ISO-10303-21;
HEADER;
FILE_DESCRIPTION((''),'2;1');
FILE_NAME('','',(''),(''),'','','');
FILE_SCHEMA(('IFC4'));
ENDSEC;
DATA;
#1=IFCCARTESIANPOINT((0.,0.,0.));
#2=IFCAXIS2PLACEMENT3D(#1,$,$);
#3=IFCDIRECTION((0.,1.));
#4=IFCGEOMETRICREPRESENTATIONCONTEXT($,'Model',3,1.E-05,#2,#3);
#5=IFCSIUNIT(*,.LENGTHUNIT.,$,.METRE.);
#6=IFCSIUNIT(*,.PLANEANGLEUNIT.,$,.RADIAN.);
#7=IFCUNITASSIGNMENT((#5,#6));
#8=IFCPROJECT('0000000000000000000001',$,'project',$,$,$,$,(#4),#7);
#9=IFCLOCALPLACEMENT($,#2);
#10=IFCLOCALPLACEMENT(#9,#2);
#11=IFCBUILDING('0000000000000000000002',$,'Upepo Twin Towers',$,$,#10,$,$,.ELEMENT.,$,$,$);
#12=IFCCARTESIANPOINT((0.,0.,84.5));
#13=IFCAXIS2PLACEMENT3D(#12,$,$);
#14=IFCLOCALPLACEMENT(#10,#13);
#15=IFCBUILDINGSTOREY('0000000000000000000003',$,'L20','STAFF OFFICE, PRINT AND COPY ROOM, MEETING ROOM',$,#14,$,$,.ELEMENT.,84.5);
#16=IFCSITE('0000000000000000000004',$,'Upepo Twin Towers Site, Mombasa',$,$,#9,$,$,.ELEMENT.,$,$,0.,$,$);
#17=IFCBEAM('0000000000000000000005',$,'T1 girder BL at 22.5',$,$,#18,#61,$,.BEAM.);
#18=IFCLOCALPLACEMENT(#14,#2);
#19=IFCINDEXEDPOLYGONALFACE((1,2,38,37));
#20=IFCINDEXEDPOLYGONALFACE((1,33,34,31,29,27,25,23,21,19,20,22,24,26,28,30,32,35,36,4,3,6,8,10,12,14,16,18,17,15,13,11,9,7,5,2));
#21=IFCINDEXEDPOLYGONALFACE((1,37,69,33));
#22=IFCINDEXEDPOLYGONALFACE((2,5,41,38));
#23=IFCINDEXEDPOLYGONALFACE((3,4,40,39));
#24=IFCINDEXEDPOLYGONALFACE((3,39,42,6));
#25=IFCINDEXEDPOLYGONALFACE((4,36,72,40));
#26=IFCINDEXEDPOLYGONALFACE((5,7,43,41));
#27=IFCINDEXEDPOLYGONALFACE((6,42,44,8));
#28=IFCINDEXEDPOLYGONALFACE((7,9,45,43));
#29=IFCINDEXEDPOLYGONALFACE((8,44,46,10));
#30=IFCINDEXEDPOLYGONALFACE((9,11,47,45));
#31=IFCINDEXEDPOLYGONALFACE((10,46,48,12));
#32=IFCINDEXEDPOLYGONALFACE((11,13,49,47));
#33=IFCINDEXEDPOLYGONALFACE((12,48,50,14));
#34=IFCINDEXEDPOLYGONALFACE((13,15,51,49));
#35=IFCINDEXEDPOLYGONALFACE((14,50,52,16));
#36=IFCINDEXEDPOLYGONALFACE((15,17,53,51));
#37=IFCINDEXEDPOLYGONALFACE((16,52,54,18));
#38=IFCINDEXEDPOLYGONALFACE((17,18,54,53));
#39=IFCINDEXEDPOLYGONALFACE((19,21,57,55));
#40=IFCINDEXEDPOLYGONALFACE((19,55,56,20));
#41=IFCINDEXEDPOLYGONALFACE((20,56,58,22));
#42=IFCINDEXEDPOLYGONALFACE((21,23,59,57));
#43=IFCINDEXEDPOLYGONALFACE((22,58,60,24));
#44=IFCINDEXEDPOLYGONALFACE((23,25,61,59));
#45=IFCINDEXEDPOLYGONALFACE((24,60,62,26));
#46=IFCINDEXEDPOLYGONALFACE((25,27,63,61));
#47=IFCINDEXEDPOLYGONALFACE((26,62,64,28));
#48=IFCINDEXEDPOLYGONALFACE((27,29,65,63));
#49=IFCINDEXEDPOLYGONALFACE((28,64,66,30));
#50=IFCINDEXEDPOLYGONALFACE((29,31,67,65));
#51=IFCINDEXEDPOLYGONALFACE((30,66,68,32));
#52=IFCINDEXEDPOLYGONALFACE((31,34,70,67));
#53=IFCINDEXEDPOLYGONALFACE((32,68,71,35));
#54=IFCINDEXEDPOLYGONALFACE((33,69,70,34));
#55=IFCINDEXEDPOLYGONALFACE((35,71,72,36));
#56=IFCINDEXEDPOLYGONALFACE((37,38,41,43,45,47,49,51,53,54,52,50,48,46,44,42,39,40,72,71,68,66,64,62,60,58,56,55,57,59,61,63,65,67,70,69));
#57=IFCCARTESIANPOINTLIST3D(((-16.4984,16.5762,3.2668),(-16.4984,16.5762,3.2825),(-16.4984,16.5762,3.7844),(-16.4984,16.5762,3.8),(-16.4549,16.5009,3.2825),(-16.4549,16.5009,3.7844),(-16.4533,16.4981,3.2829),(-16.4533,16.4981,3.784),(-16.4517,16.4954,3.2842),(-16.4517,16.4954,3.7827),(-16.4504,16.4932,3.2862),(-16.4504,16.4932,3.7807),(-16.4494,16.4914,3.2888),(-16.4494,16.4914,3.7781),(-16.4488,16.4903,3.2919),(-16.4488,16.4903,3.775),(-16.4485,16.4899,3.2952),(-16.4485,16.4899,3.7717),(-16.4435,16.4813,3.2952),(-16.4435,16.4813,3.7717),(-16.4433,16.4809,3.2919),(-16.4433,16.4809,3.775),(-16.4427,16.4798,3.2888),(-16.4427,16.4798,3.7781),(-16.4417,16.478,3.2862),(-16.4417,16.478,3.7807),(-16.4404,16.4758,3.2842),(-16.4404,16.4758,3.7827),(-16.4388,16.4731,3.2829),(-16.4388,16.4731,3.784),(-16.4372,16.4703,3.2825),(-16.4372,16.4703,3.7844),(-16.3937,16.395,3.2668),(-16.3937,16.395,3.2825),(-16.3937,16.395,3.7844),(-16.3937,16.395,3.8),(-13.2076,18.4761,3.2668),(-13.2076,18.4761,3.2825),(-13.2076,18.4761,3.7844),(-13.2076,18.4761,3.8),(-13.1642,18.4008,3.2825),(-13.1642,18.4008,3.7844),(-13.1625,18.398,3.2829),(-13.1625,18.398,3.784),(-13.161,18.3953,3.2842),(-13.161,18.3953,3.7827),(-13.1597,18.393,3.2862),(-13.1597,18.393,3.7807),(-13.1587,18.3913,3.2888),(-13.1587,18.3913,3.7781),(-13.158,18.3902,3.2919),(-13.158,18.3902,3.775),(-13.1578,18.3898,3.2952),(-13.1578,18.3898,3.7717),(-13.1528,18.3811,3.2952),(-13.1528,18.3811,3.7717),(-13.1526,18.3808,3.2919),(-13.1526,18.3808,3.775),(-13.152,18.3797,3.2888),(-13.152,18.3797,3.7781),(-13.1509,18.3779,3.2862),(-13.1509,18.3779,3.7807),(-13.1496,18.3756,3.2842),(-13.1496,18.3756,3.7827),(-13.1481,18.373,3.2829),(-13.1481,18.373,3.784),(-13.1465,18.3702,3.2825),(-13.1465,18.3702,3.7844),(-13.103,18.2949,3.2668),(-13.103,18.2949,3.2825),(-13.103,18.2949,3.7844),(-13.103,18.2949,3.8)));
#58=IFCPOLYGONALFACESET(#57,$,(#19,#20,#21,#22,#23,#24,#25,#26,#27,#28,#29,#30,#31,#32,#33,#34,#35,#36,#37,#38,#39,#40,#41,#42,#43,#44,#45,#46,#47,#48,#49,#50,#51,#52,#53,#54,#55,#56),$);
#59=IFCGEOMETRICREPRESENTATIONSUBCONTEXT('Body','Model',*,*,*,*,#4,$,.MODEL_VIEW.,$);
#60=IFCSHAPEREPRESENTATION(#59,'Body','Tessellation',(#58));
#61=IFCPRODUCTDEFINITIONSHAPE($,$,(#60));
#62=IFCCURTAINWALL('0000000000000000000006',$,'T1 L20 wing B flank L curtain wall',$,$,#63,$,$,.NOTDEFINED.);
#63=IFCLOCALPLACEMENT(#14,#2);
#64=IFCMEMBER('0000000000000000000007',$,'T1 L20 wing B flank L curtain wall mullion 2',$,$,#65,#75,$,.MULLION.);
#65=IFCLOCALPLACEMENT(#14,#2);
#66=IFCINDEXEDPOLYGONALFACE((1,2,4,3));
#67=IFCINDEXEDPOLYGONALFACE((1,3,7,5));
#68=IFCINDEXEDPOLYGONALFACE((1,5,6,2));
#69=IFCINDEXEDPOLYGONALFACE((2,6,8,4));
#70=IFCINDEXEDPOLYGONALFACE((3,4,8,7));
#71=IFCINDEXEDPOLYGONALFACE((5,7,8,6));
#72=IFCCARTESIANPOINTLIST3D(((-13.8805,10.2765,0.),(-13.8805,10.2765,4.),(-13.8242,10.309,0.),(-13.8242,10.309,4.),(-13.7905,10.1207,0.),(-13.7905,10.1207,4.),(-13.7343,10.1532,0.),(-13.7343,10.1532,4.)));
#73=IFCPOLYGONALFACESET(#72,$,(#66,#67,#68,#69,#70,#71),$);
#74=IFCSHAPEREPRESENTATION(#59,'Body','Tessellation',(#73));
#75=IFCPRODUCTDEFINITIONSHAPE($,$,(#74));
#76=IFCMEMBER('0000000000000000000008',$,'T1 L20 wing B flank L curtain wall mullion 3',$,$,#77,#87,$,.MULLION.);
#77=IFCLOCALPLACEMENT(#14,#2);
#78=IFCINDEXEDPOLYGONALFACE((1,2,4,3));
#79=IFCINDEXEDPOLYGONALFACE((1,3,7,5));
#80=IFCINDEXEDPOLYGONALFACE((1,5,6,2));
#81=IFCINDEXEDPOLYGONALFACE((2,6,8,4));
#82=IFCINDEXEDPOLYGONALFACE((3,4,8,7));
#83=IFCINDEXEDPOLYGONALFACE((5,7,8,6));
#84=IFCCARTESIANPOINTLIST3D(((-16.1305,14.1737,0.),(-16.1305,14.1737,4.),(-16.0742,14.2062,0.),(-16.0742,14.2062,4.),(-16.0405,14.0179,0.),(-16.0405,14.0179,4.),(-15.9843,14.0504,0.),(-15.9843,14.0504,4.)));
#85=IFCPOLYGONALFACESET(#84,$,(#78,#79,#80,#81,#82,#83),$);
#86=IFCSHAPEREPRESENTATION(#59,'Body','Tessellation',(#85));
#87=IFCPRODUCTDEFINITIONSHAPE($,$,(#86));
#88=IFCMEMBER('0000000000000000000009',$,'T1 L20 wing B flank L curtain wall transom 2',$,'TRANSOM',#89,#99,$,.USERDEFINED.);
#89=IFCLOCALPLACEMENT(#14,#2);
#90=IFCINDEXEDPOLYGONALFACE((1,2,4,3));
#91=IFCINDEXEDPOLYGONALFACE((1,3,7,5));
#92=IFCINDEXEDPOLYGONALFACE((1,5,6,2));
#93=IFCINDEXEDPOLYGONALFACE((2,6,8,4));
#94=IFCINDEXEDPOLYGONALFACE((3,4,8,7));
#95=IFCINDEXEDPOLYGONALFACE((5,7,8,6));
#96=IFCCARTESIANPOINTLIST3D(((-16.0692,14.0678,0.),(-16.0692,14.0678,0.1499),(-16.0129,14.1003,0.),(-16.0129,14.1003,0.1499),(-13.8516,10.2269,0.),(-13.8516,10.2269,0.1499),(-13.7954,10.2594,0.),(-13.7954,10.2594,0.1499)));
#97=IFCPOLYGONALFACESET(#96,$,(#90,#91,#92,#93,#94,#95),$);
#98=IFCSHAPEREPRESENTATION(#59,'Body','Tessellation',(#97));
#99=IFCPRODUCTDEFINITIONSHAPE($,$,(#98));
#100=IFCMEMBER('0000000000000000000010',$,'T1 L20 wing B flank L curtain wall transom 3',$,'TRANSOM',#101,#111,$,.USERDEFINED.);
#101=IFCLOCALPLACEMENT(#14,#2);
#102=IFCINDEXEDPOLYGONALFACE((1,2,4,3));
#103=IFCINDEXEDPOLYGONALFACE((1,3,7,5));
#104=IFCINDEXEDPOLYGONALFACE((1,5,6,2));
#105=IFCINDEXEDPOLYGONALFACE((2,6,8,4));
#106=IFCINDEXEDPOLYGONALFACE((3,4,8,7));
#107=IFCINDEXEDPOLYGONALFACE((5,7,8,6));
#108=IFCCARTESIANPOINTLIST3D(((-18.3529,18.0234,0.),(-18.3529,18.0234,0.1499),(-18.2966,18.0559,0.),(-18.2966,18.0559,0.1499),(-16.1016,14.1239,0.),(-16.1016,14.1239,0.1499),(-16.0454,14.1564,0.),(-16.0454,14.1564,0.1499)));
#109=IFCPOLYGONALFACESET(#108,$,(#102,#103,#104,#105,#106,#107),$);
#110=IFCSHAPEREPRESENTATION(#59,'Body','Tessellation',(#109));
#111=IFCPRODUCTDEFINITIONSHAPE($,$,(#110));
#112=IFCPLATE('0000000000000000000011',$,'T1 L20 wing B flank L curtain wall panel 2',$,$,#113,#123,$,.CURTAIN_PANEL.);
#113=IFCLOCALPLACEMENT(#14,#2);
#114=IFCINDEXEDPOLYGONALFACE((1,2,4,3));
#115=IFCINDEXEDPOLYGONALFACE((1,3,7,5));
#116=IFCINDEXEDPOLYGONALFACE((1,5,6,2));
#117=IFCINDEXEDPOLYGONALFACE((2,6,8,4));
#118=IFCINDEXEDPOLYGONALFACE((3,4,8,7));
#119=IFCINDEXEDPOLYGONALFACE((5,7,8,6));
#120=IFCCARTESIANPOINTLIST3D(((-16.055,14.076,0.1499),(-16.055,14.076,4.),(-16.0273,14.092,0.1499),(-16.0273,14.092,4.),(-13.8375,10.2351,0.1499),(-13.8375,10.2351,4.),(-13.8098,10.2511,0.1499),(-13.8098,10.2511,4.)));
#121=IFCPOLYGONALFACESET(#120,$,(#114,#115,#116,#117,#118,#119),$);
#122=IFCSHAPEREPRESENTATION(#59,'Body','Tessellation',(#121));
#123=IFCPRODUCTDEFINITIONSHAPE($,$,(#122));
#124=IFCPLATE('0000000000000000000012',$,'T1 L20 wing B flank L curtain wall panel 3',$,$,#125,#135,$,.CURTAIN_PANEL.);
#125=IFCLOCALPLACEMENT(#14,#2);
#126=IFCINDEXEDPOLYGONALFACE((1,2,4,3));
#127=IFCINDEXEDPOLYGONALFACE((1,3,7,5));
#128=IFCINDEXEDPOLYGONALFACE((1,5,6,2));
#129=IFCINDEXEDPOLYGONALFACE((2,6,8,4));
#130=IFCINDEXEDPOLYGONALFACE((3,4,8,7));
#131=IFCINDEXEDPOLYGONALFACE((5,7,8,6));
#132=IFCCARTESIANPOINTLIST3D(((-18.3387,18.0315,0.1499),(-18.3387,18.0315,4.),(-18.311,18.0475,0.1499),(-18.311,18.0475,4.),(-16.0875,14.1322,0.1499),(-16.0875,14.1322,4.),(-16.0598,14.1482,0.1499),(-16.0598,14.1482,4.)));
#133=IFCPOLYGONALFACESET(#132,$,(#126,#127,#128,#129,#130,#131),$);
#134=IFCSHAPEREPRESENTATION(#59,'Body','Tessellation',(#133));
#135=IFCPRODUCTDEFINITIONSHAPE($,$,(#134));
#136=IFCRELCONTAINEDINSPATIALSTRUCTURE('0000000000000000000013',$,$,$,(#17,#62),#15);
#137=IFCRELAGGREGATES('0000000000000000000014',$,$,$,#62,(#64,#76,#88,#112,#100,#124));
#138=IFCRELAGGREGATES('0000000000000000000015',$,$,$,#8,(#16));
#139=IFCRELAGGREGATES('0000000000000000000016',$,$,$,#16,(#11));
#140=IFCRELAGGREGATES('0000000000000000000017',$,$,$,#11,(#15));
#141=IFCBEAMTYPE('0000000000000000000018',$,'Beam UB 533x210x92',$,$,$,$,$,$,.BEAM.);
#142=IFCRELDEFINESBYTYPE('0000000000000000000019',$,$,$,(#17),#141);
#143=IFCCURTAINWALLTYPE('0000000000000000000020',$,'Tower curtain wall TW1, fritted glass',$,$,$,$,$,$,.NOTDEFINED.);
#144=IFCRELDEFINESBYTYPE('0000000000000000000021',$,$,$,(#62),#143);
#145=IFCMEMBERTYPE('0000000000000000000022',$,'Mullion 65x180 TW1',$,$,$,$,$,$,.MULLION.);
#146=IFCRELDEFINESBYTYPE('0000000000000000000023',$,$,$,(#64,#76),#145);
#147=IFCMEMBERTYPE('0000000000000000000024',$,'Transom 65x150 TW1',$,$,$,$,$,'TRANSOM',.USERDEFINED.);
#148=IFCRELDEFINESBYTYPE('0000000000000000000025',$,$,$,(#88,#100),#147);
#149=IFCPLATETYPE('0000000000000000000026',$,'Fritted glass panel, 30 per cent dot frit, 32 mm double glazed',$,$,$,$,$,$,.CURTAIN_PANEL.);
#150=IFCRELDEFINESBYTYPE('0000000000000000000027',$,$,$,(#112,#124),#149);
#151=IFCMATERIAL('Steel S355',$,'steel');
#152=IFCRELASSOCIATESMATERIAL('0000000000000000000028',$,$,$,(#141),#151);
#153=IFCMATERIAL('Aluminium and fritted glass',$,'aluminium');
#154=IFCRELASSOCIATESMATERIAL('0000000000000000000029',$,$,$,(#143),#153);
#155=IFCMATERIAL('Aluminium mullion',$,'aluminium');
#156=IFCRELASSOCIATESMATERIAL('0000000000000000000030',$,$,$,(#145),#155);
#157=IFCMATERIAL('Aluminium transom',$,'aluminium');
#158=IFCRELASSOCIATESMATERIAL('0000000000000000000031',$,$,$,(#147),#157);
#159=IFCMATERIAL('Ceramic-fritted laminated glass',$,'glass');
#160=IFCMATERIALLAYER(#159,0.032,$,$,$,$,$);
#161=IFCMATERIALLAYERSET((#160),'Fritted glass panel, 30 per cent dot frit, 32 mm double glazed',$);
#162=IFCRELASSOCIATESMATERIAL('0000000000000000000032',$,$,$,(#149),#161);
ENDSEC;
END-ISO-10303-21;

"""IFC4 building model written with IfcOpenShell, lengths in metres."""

from ifc_helpers import new_model, si_unit, direction, frame, origin, origin_2d, place, context, subcontext, project, spatial, rectangle, i_section, extrude, material, layer, layer_set, material_profile, profile_set, type_object, element, aggregate, save


model = new_model("IFC4")

# Units and contexts
model_context = context("Model", 3, precision=1e-05, world=origin(), true_north=direction((0.0, 1.0)))
body_context = subcontext(model_context, "Body", "Model", "MODEL_VIEW")
ifc_project = project(units=[si_unit("LENGTHUNIT", "METRE"), si_unit("PLANEANGLEUNIT", "RADIAN")], contexts=[model_context])

# Site, building, storey
site_placement = place(None, origin())
site = spatial("IfcSite", under=ifc_project, at=site_placement, Name="Upepo Twin Towers Site, Mombasa", CompositionType="ELEMENT", RefElevation=0.0)
building_placement = place(site_placement, origin())
building = spatial("IfcBuilding", under=site, at=building_placement, Name="Upepo Twin Towers", CompositionType="ELEMENT")
storey_placement = place(building_placement, frame((0.0, 0.0, 84.5)))
storey = spatial("IfcBuildingStorey", under=building, at=storey_placement, Name="L20", Description="STAFF OFFICE, PRINT AND COPY ROOM, MEETING ROOM", CompositionType="ELEMENT", Elevation=84.5)

# Beam
ifc_material_1 = material(Name="Steel S355", Category="steel")
ifc_material_profile_1 = material_profile(ifc_material_1, i_section(OverallWidth=0.2092, OverallDepth=0.5332, WebThickness=0.01, FlangeThickness=0.0156, FilletRadius=0.0127, at=origin_2d()), Name="UB 533x210x92")
ifc_profile_set_1 = profile_set([ifc_material_profile_1], Name="Steel S355")
beam_type_1 = type_object("IfcBeamType", Name="Beam UB 533x210x92", PredefinedType="BEAM", material=ifc_profile_set_1)
beam_1_placement = place(storey_placement, frame((-16.446, 16.4856, 3.5334), z_axis=(0.866028, 0.499995, 0.0), x_axis=(-0.499995, 0.866028, 0.0)))
element("IfcBeam", 1, at=beam_1_placement, inside=storey, type_object=beam_type_1, Name="T1 girder BL at 22.5", PredefinedType="BEAM", context=body_context, shape_type="SweptSolid", body=[
    extrude(i_section(OverallWidth=0.2092, OverallDepth=0.5332, WebThickness=0.01, FlangeThickness=0.0156, FilletRadius=0.0127, at=origin_2d()), origin(), (0.0, 0.0, 1.0), 3.7998),
])

# Curtain wall, members, plates
ifc_material_2 = material(Name="Aluminium and fritted glass", Category="aluminium")
curtain_wall_type = type_object("IfcCurtainWallType", Name="Tower curtain wall TW1, fritted glass", PredefinedType="NOTDEFINED", material=ifc_material_2)
curtain_wall_placement = place(storey_placement, origin())
curtain_wall = element("IfcCurtainWall", 2, at=curtain_wall_placement, inside=storey, type_object=curtain_wall_type, Name="T1 L20 wing B flank L curtain wall", PredefinedType="NOTDEFINED")
ifc_material_3 = material(Name="Aluminium mullion", Category="aluminium")
ifc_material_profile_2 = material_profile(ifc_material_3, rectangle(XDim=0.0649, YDim=0.1799, at=origin_2d()), Name="MULLION 65x180")
ifc_profile_set_2 = profile_set([ifc_material_profile_2], Name="Aluminium mullion")
member_type_1 = type_object("IfcMemberType", Name="Mullion 65x180 TW1", PredefinedType="MULLION", material=ifc_profile_set_2)
member_1_placement = place(storey_placement, frame((-13.8074, 10.2148, 0.0), z_axis=(0.0, 0.0, 1.0), x_axis=(-0.866025, -0.5, 0.0)))
member_1 = element("IfcMember", 3, at=member_1_placement, type_object=member_type_1, Name="T1 L20 wing B flank L curtain wall mullion 2", PredefinedType="MULLION", context=body_context, shape_type="SweptSolid", body=[
    extrude(rectangle(XDim=0.0649, YDim=0.1799, at=origin_2d()), origin(), (0.0, 0.0, 1.0), 4.0),
])
member_2_placement = place(storey_placement, frame((-16.0574, 14.1121, 0.0), z_axis=(0.0, 0.0, 1.0), x_axis=(-0.866025, -0.5, 0.0)))
member_2 = element("IfcMember", 4, at=member_2_placement, type_object=member_type_1, Name="T1 L20 wing B flank L curtain wall mullion 3", PredefinedType="MULLION", context=body_context, shape_type="SweptSolid", body=[
    extrude(rectangle(XDim=0.0649, YDim=0.1799, at=origin_2d()), origin(), (0.0, 0.0, 1.0), 4.0),
])
ifc_material_4 = material(Name="Aluminium transom", Category="aluminium")
ifc_material_profile_3 = material_profile(ifc_material_4, rectangle(XDim=0.0649, YDim=0.1499, at=origin_2d()), Name="TRANSOM 65x150")
ifc_profile_set_3 = profile_set([ifc_material_profile_3], Name="Aluminium transom")
member_type_2 = type_object("IfcMemberType", Name="Transom 65x150 TW1", ElementType="TRANSOM", PredefinedType="USERDEFINED", material=ifc_profile_set_3)
member_3_placement = place(storey_placement, frame((-13.8235, 10.2432, 0.075), z_axis=(-0.500005, 0.866022, 0.0), x_axis=(-0.866022, -0.500005, 0.0)))
member_3 = element("IfcMember", 5, at=member_3_placement, type_object=member_type_2, Name="T1 L20 wing B flank L curtain wall transom 2", ObjectType="TRANSOM", PredefinedType="USERDEFINED", context=body_context, shape_type="SweptSolid", body=[
    extrude(rectangle(XDim=0.0649, YDim=0.1499, at=origin_2d()), origin(), (0.0, 0.0, 1.0), 4.4351),
])
member_4_placement = place(storey_placement, frame((-16.0735, 14.1401, 0.075), z_axis=(-0.499982, 0.866036, 0.0), x_axis=(-0.866036, -0.499982, 0.0)))
member_4 = element("IfcMember", 6, at=member_4_placement, type_object=member_type_2, Name="T1 L20 wing B flank L curtain wall transom 3", ObjectType="TRANSOM", PredefinedType="USERDEFINED", context=body_context, shape_type="SweptSolid", body=[
    extrude(rectangle(XDim=0.0649, YDim=0.1499, at=origin_2d()), origin(), (0.0, 0.0, 1.0), 4.5027),
])
ifc_material_5 = material(Name="Ceramic-fritted laminated glass", Category="glass")
ifc_layer_1 = layer(ifc_material_5, 0.032)
ifc_layer_set_1 = layer_set([ifc_layer_1], Name="Fritted glass panel, 30 per cent dot frit, 32 mm double glazed")
plate_type = type_object("IfcPlateType", Name="Fritted glass panel, 30 per cent dot frit, 32 mm double glazed", PredefinedType="CURTAIN_PANEL", material=ifc_layer_set_1)
plate_1_placement = place(storey_placement, frame((-14.9324, 12.1636, 0.1499), z_axis=(0.0, 0.0, 1.0), x_axis=(-0.5, 0.866025, 0.0)))
plate_1 = element("IfcPlate", 7, at=plate_1_placement, type_object=plate_type, Name="T1 L20 wing B flank L curtain wall panel 2", PredefinedType="CURTAIN_PANEL", context=body_context, shape_type="SweptSolid", body=[
    extrude(rectangle(XDim=4.4351, YDim=0.032, at=origin_2d()), origin(), (0.0, 0.0, 1.0), 3.8501),
])
plate_2_placement = place(storey_placement, frame((-17.1992, 16.0898, 0.1499), z_axis=(0.0, 0.0, 1.0), x_axis=(-0.5, 0.866025, 0.0)))
plate_2 = element("IfcPlate", 8, at=plate_2_placement, type_object=plate_type, Name="T1 L20 wing B flank L curtain wall panel 3", PredefinedType="CURTAIN_PANEL", context=body_context, shape_type="SweptSolid", body=[
    extrude(rectangle(XDim=4.5024, YDim=0.032, at=origin_2d()), origin(), (0.0, 0.0, 1.0), 3.8501),
])
aggregate(curtain_wall, [member_1, member_2, member_3, plate_1, member_4, plate_2])

save(model, "model.ifc")
